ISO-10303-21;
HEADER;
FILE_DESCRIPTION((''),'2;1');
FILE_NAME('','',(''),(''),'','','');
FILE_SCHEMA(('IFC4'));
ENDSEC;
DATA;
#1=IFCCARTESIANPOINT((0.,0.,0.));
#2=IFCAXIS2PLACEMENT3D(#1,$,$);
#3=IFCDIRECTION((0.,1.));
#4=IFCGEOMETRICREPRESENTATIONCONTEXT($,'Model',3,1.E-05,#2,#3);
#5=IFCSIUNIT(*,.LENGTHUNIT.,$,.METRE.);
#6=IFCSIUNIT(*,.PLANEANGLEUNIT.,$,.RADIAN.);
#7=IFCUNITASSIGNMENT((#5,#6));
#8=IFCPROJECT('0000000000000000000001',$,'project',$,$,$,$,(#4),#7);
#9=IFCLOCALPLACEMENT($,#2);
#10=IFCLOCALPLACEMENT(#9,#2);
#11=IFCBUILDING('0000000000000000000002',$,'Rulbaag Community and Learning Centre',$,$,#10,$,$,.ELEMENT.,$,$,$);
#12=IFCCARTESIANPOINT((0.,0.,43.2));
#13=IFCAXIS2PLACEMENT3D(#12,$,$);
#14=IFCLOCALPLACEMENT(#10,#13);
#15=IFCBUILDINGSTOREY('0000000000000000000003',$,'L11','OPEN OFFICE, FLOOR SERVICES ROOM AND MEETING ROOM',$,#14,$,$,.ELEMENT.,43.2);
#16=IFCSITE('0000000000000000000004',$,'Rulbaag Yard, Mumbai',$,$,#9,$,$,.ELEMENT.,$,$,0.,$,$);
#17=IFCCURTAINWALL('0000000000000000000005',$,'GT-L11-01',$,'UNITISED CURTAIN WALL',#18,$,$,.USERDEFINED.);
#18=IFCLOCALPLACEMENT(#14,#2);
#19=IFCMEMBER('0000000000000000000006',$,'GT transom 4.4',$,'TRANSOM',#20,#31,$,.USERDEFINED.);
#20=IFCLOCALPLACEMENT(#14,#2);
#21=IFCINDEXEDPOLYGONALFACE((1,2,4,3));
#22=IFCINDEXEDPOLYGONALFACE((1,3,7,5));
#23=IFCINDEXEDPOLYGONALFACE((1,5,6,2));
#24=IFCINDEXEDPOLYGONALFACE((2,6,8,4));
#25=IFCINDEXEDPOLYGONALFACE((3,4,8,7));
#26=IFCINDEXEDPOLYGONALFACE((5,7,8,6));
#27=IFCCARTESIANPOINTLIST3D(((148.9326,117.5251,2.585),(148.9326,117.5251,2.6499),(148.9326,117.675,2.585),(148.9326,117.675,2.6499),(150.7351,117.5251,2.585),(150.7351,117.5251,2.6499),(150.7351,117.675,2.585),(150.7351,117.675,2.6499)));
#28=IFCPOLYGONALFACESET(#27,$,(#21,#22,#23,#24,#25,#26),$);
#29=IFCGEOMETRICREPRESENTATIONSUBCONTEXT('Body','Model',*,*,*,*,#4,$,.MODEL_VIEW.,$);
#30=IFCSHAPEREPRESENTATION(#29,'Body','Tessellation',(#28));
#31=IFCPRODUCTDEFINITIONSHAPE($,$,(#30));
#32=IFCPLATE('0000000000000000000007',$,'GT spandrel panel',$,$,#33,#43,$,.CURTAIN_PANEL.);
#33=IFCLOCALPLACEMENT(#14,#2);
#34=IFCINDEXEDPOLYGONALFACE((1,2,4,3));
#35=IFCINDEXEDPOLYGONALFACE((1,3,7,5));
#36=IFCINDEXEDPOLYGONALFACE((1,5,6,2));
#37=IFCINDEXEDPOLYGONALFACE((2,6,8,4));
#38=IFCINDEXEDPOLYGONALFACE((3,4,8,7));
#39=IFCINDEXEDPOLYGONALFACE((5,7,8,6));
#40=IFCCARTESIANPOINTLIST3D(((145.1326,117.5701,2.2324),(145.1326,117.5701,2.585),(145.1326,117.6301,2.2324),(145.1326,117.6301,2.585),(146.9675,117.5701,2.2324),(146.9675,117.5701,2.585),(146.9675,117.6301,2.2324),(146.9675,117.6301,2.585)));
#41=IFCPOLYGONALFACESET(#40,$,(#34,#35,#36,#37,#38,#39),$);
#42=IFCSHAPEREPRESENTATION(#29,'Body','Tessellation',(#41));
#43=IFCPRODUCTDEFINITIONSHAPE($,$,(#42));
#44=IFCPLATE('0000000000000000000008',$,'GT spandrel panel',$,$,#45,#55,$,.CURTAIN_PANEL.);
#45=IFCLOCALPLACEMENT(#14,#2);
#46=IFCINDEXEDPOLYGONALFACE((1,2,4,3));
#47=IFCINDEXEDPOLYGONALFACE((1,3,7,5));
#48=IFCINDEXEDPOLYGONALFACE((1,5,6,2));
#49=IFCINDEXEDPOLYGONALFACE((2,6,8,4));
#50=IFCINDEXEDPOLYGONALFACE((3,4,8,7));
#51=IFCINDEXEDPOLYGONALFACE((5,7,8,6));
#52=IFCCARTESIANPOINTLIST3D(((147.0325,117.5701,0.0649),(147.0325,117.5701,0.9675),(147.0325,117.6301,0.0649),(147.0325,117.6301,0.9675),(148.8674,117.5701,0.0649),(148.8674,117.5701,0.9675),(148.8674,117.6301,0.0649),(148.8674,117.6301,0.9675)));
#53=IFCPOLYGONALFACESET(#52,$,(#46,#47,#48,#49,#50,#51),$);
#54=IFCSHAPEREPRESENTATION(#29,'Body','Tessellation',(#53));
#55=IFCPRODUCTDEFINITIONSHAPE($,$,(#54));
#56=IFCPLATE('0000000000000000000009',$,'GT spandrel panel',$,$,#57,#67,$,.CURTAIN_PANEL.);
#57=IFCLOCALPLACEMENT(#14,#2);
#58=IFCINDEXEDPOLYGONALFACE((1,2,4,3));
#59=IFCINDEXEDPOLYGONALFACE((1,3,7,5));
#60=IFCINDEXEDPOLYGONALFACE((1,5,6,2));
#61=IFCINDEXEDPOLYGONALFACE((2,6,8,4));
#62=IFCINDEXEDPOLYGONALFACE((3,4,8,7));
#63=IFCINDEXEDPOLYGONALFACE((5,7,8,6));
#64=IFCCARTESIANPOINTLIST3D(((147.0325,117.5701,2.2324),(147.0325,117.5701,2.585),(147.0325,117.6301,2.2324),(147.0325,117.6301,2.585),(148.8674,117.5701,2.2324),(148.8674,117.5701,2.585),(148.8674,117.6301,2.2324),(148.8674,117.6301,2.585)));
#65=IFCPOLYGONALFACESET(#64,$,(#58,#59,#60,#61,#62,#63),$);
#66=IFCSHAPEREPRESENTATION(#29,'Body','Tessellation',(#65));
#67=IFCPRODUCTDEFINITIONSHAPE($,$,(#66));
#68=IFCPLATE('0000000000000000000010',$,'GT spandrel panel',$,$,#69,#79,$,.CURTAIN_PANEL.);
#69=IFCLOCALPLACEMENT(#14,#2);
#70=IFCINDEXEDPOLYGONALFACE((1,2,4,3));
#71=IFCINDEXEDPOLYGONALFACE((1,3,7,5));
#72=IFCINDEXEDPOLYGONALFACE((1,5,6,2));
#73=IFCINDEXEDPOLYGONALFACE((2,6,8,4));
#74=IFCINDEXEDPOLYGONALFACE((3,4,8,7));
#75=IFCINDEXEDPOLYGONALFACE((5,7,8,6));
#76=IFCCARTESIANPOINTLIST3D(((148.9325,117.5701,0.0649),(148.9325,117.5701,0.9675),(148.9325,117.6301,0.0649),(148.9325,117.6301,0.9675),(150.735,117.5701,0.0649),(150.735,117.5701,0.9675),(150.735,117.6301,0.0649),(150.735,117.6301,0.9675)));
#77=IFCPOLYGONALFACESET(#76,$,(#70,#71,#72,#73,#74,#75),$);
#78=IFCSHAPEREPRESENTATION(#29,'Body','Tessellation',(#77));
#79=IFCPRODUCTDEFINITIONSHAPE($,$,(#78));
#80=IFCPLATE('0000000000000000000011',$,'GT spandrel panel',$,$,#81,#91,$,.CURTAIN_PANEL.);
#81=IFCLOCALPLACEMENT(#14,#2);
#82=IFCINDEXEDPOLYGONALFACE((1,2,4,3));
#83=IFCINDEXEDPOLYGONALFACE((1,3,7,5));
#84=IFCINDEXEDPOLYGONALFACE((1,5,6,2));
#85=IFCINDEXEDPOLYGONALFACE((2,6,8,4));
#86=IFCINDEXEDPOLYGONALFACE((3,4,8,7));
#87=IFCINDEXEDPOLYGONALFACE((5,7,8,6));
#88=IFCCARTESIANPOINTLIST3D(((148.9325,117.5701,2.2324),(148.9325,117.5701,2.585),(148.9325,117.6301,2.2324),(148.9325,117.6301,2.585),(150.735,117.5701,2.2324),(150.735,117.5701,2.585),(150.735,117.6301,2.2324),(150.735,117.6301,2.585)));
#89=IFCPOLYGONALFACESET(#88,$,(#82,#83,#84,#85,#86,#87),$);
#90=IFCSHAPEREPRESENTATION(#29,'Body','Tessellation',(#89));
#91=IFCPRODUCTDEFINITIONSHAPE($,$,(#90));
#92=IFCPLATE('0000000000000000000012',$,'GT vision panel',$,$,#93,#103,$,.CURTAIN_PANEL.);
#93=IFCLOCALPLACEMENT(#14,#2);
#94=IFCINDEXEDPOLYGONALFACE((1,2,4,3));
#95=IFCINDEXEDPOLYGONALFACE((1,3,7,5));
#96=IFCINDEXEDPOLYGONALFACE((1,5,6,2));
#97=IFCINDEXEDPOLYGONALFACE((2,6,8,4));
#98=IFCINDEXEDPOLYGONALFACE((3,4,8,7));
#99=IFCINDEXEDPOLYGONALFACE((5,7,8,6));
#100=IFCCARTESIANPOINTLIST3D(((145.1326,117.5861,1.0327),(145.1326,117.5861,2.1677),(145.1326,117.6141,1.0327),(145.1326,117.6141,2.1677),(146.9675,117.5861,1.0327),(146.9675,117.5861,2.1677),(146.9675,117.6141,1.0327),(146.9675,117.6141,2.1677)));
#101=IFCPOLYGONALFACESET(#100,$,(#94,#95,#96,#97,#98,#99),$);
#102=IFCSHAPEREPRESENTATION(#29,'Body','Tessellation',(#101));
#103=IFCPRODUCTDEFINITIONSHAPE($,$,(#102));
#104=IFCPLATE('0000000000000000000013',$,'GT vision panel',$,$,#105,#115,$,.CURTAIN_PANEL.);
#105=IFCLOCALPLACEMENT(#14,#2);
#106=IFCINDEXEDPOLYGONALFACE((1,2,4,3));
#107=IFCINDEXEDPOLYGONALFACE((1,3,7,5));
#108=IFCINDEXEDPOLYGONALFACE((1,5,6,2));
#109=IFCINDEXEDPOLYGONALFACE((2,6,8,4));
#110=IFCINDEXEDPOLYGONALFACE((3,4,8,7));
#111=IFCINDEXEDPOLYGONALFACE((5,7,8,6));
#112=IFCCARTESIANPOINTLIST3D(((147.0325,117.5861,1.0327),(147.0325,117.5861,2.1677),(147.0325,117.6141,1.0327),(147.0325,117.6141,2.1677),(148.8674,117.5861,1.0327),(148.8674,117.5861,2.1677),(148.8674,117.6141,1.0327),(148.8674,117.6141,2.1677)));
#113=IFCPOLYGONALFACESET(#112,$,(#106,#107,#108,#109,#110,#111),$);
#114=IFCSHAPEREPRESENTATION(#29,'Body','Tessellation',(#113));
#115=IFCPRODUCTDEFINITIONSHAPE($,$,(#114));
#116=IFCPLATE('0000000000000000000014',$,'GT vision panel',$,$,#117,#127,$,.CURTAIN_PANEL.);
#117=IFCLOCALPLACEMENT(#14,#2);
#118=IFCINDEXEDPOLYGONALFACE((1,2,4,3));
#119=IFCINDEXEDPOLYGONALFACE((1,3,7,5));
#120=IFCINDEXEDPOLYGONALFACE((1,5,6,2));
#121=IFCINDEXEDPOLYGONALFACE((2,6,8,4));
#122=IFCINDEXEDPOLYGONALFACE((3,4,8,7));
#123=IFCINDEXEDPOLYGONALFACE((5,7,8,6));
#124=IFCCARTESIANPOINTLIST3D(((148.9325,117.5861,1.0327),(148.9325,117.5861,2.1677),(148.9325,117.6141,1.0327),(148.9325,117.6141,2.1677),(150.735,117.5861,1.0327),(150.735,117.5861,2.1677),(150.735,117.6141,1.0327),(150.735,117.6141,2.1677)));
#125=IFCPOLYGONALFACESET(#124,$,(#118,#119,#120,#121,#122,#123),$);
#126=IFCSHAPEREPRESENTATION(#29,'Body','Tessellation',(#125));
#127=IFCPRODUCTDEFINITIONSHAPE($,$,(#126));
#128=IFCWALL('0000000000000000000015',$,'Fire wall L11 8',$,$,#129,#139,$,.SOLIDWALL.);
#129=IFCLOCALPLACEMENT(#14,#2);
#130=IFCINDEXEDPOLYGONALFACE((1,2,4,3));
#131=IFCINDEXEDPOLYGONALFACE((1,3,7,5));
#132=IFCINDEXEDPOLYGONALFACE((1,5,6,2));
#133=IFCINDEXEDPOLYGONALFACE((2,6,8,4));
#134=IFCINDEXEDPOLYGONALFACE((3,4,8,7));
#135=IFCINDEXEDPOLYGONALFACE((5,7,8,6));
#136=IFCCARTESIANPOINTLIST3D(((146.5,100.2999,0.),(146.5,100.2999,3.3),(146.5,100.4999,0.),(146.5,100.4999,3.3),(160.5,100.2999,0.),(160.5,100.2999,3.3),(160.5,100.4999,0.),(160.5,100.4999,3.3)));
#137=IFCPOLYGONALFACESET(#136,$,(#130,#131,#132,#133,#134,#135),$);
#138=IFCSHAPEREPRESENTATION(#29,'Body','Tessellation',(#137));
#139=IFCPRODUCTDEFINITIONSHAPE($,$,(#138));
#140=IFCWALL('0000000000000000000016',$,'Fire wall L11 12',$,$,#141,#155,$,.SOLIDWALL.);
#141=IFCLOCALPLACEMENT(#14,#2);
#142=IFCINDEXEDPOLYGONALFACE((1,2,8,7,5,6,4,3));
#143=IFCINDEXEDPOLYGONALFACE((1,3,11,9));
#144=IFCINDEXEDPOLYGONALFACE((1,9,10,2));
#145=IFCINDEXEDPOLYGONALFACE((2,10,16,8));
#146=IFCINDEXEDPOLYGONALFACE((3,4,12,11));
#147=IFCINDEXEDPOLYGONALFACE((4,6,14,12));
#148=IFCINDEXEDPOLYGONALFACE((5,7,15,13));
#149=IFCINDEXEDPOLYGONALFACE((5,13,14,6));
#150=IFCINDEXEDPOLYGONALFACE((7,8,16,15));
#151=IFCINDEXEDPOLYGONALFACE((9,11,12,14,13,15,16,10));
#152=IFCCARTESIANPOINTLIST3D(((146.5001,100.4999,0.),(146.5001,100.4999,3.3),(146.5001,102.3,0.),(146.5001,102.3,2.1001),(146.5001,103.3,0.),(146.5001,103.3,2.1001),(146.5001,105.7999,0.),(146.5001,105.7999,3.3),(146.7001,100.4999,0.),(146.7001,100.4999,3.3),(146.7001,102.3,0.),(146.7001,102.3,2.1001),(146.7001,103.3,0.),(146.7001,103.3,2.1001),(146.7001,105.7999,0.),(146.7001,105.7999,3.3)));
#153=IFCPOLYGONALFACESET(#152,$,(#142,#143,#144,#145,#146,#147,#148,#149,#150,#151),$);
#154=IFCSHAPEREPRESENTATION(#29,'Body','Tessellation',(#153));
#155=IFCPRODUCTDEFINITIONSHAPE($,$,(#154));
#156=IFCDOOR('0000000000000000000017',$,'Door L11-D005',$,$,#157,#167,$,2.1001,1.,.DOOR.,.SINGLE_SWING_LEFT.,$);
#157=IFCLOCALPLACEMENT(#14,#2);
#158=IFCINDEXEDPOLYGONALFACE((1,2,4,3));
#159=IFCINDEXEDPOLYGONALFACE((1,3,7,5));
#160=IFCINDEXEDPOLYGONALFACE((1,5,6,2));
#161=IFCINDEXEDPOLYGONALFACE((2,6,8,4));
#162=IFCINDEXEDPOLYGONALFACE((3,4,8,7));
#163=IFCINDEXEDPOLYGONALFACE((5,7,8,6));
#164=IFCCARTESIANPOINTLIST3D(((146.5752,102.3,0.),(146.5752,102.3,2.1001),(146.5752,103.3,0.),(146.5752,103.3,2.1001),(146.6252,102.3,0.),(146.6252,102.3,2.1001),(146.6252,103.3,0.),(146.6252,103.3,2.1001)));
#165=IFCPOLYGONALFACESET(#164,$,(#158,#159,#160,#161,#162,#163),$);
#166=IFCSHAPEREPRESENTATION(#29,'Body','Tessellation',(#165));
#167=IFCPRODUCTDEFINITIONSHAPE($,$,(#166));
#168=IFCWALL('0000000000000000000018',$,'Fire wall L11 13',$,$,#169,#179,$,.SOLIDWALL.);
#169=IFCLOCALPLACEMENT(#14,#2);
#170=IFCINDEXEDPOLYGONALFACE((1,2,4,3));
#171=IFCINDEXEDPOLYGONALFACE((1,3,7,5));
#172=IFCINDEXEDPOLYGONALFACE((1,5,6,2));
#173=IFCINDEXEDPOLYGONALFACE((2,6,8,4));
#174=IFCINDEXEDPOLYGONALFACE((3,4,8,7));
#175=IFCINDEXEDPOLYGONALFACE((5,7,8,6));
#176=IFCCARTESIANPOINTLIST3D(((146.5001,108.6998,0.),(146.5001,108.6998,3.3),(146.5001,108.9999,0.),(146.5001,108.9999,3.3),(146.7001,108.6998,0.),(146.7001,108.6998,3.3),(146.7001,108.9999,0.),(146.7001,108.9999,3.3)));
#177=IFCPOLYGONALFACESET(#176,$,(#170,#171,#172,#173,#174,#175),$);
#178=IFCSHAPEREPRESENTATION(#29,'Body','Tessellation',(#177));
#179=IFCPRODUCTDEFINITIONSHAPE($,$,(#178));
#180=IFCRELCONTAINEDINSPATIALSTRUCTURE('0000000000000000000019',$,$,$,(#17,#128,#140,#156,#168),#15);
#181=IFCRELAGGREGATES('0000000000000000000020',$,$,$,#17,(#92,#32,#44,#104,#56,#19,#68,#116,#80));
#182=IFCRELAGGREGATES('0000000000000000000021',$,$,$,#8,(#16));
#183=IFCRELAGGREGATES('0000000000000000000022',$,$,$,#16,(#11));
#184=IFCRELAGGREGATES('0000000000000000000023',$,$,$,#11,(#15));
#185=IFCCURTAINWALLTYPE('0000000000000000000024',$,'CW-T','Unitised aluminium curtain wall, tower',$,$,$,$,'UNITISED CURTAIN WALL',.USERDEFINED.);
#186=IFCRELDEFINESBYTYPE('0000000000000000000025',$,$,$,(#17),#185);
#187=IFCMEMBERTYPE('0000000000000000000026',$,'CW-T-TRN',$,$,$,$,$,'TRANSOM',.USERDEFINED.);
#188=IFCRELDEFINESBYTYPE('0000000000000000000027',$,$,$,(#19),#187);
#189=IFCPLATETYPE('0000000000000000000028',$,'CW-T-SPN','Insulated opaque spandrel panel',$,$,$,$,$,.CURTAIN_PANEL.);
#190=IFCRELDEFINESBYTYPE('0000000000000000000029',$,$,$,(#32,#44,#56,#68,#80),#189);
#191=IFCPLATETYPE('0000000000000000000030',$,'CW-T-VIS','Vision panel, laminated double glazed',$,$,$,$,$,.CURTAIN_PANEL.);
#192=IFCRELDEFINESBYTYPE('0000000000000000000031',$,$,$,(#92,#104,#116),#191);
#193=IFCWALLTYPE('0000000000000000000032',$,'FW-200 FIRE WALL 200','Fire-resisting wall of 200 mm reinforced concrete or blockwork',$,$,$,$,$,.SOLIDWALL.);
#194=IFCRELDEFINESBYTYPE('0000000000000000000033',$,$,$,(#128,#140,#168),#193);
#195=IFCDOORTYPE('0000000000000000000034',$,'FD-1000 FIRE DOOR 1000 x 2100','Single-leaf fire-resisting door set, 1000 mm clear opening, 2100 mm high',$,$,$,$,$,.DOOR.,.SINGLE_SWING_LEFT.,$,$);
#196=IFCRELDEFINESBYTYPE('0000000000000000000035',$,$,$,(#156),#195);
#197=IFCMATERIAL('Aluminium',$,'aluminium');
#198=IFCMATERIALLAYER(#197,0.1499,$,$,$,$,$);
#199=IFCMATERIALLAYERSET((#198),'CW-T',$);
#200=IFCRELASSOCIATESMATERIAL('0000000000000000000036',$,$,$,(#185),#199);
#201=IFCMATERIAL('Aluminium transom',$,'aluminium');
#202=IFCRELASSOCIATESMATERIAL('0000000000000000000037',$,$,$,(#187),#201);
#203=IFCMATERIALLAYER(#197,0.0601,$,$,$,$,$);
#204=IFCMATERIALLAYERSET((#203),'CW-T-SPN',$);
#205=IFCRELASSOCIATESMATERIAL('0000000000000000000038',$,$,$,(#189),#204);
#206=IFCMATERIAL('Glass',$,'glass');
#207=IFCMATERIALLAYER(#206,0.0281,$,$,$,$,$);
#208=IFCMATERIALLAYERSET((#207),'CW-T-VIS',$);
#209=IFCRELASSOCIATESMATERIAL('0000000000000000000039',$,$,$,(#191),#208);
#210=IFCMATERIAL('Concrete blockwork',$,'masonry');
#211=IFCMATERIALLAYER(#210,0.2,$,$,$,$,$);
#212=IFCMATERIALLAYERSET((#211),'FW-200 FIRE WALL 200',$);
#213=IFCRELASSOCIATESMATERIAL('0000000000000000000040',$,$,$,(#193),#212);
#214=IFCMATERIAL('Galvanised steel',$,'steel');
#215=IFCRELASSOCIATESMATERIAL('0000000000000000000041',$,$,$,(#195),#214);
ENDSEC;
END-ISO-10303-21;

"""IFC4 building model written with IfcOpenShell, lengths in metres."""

from ifc_helpers import new_model, si_unit, direction, frame, frame_2d, origin, origin_2d, place, context, subcontext, project, spatial, rectangle, extrude, material, layer, layer_set, material_profile, profile_set, type_object, element, fill, aggregate, save


model = new_model("IFC4")

# Units and contexts
model_context = context("Model", 3, precision=1e-05, world=origin(), true_north=direction((0.0, 1.0)))
body_context = subcontext(model_context, "Body", "Model", "MODEL_VIEW")
ifc_project = project(units=[si_unit("LENGTHUNIT", "METRE"), si_unit("PLANEANGLEUNIT", "RADIAN")], contexts=[model_context])

# Site, building, storey
site_placement = place(None, origin())
site = spatial("IfcSite", under=ifc_project, at=site_placement, Name="Rulbaag Yard, Mumbai", CompositionType="ELEMENT", RefElevation=0.0)
building_placement = place(site_placement, origin())
building = spatial("IfcBuilding", under=site, at=building_placement, Name="Rulbaag Community and Learning Centre", CompositionType="ELEMENT")
storey_placement = place(building_placement, frame((0.0, 0.0, 43.2)))
storey = spatial("IfcBuildingStorey", under=building, at=storey_placement, Name="L11", Description="OPEN OFFICE, FLOOR SERVICES ROOM AND MEETING ROOM", CompositionType="ELEMENT", Elevation=43.2)

# Curtain wall, member, plates
ifc_material_1 = material(Name="Aluminium", Category="aluminium")
ifc_layer_1 = layer(ifc_material_1, 0.1499)
ifc_layer_set_1 = layer_set([ifc_layer_1], Name="CW-T")
curtain_wall_type = type_object("IfcCurtainWallType", Name="CW-T", Description="Unitised aluminium curtain wall, tower", ElementType="UNITISED CURTAIN WALL", PredefinedType="USERDEFINED", material=ifc_layer_set_1)
curtain_wall_placement = place(storey_placement, origin())
curtain_wall = element("IfcCurtainWall", 1, at=curtain_wall_placement, inside=storey, type_object=curtain_wall_type, Name="GT-L11-01", ObjectType="UNITISED CURTAIN WALL", PredefinedType="USERDEFINED")
ifc_material_2 = material(Name="Aluminium transom", Category="aluminium")
ifc_material_profile_1 = material_profile(ifc_material_2, rectangle(XDim=0.1499, YDim=0.0649, at=origin_2d()), Name="AL 65x150 T")
ifc_profile_set_1 = profile_set([ifc_material_profile_1], Name="Aluminium transom")
member_type_1 = type_object("IfcMemberType", Name="CW-T-TRN", ElementType="TRANSOM", PredefinedType="USERDEFINED", material=ifc_profile_set_1)
member_1_placement = place(storey_placement, frame((148.9326, 117.6001, 2.6174), z_axis=(1.0, 0.0, 0.0), x_axis=(0.0, 1.0, 0.0)))
member_1 = element("IfcMember", 2, at=member_1_placement, type_object=member_type_1, Name="GT transom 4.4", ObjectType="TRANSOM", PredefinedType="USERDEFINED", context=body_context, shape_type="SweptSolid", body=[
    extrude(rectangle(XDim=0.1499, YDim=0.0649, at=origin_2d()), origin(), (0.0, 0.0, 1.0), 1.8025),
])
ifc_layer_2 = layer(ifc_material_1, 0.0601)
ifc_layer_set_2 = layer_set([ifc_layer_2], Name="CW-T-SPN")
plate_type_1 = type_object("IfcPlateType", Name="CW-T-SPN", Description="Insulated opaque spandrel panel", PredefinedType="CURTAIN_PANEL", material=ifc_layer_set_2)
plate_1_placement = place(storey_placement, frame((146.05, 117.6001, 2.2324), z_axis=(0.0, 0.0, 1.0), x_axis=(1.0, 0.0, 0.0)))
plate_1 = element("IfcPlate", 3, at=plate_1_placement, type_object=plate_type_1, Name="GT spandrel panel", PredefinedType="CURTAIN_PANEL", context=body_context, shape_type="SweptSolid", body=[
    extrude(rectangle(XDim=1.835, YDim=0.0601, at=origin_2d()), origin(), (0.0, 0.0, 1.0), 0.3525),
])
plate_2_placement = place(storey_placement, frame((147.95, 117.6001, 0.0649), z_axis=(0.0, 0.0, 1.0), x_axis=(1.0, 0.0, 0.0)))
plate_2 = element("IfcPlate", 4, at=plate_2_placement, type_object=plate_type_1, Name="GT spandrel panel", PredefinedType="CURTAIN_PANEL", context=body_context, shape_type="SweptSolid", body=[
    extrude(rectangle(XDim=1.835, YDim=0.0601, at=origin_2d()), origin(), (0.0, 0.0, 1.0), 0.9026),
])
plate_3_placement = place(storey_placement, frame((147.95, 117.6001, 2.2324), z_axis=(0.0, 0.0, 1.0), x_axis=(1.0, 0.0, 0.0)))
plate_3 = element("IfcPlate", 5, at=plate_3_placement, type_object=plate_type_1, Name="GT spandrel panel", PredefinedType="CURTAIN_PANEL", context=body_context, shape_type="SweptSolid", body=[
    extrude(rectangle(XDim=1.835, YDim=0.0601, at=origin_2d()), origin(), (0.0, 0.0, 1.0), 0.3525),
])
plate_4_placement = place(storey_placement, frame((149.8337, 117.6001, 0.0649), z_axis=(0.0, 0.0, 1.0), x_axis=(1.0, 0.0, 0.0)))
plate_4 = element("IfcPlate", 6, at=plate_4_placement, type_object=plate_type_1, Name="GT spandrel panel", PredefinedType="CURTAIN_PANEL", context=body_context, shape_type="SweptSolid", body=[
    extrude(rectangle(XDim=1.8025, YDim=0.0601, at=origin_2d()), origin(), (0.0, 0.0, 1.0), 0.9026),
])
plate_5_placement = place(storey_placement, frame((149.8337, 117.6001, 2.2324), z_axis=(0.0, 0.0, 1.0), x_axis=(1.0, 0.0, 0.0)))
plate_5 = element("IfcPlate", 7, at=plate_5_placement, type_object=plate_type_1, Name="GT spandrel panel", PredefinedType="CURTAIN_PANEL", context=body_context, shape_type="SweptSolid", body=[
    extrude(rectangle(XDim=1.8025, YDim=0.0601, at=origin_2d()), origin(), (0.0, 0.0, 1.0), 0.3525),
])
ifc_material_3 = material(Name="Glass", Category="glass")
ifc_layer_3 = layer(ifc_material_3, 0.0281)
ifc_layer_set_3 = layer_set([ifc_layer_3], Name="CW-T-VIS")
plate_type_2 = type_object("IfcPlateType", Name="CW-T-VIS", Description="Vision panel, laminated double glazed", PredefinedType="CURTAIN_PANEL", material=ifc_layer_set_3)
plate_6_placement = place(storey_placement, frame((146.05, 117.6001, 1.0327), z_axis=(0.0, 0.0, 1.0), x_axis=(1.0, 0.0, 0.0)))
plate_6 = element("IfcPlate", 8, at=plate_6_placement, type_object=plate_type_2, Name="GT vision panel", PredefinedType="CURTAIN_PANEL", context=body_context, shape_type="SweptSolid", body=[
    extrude(rectangle(XDim=1.835, YDim=0.0281, at=origin_2d()), origin(), (0.0, 0.0, 1.0), 1.135),
])
plate_7_placement = place(storey_placement, frame((147.95, 117.6001, 1.0327), z_axis=(0.0, 0.0, 1.0), x_axis=(1.0, 0.0, 0.0)))
plate_7 = element("IfcPlate", 9, at=plate_7_placement, type_object=plate_type_2, Name="GT vision panel", PredefinedType="CURTAIN_PANEL", context=body_context, shape_type="SweptSolid", body=[
    extrude(rectangle(XDim=1.835, YDim=0.0281, at=origin_2d()), origin(), (0.0, 0.0, 1.0), 1.135),
])
plate_8_placement = place(storey_placement, frame((149.8337, 117.6001, 1.0327), z_axis=(0.0, 0.0, 1.0), x_axis=(1.0, 0.0, 0.0)))
plate_8 = element("IfcPlate", 10, at=plate_8_placement, type_object=plate_type_2, Name="GT vision panel", PredefinedType="CURTAIN_PANEL", context=body_context, shape_type="SweptSolid", body=[
    extrude(rectangle(XDim=1.8025, YDim=0.0281, at=origin_2d()), origin(), (0.0, 0.0, 1.0), 1.135),
])
aggregate(curtain_wall, [plate_6, plate_1, plate_2, plate_7, plate_3, member_1, plate_4, plate_8, plate_5])

# Wall
ifc_material_4 = material(Name="Concrete blockwork", Category="masonry")
ifc_layer_4 = layer(ifc_material_4, 0.2)
ifc_layer_set_4 = layer_set([ifc_layer_4], Name="FW-200 FIRE WALL 200")
wall_type_1 = type_object("IfcWallType", Name="FW-200 FIRE WALL 200", Description="Fire-resisting wall of 200 mm reinforced concrete or blockwork", PredefinedType="SOLIDWALL", material=ifc_layer_set_4)
wall_1_placement = place(storey_placement, frame((146.5, 100.3999, 0.0), z_axis=(0.0, 0.0, 1.0), x_axis=(1.0, 0.0, 0.0)))
element("IfcWall", 11, at=wall_1_placement, inside=storey, type_object=wall_type_1, Name="Fire wall L11 8", PredefinedType="SOLIDWALL", context=body_context, shape_type="SweptSolid", body=[
    extrude(rectangle(XDim=14.0, YDim=0.2, at=frame_2d((7.0, 0.0))), origin(), (0.0, 0.0, 1.0), 3.3),
])

# Wall, opening, door
wall_2_placement = place(storey_placement, frame((146.6001, 100.5, 0.0), z_axis=(0.0, 0.0, 1.0), x_axis=(0.0, 1.0, 0.0)))
wall_2 = element("IfcWall", 12, at=wall_2_placement, inside=storey, type_object=wall_type_1, Name="Fire wall L11 12", PredefinedType="SOLIDWALL", context=body_context, shape_type="SweptSolid", body=[
    extrude(rectangle(XDim=5.3, YDim=0.2, at=frame_2d((2.6499, 0.0))), origin(), (0.0, 0.0, 1.0), 3.3),
])
opening_1_placement = place(wall_2_placement, frame((1.8, 0.0, 0.0)))
opening_1 = element("IfcOpeningElement", 13, at=opening_1_placement, cuts=wall_2, PredefinedType="OPENING", context=body_context, shape_type="SweptSolid", body=[
    extrude(rectangle(XDim=1.0, YDim=2.1001, at=frame_2d((0.5, 1.05))), frame((0.0, 0.1099, 0.0), z_axis=(0.0, -1.0, 0.0), x_axis=(1.0, 0.0, 0.0)), (0.0, 0.0, 1.0), 0.22),
])
ifc_material_5 = material(Name="Galvanised steel", Category="steel")
door_type_1 = type_object("IfcDoorType", Name="FD-1000 FIRE DOOR 1000 x 2100", Description="Single-leaf fire-resisting door set, 1000 mm clear opening, 2100 mm high", OperationType="SINGLE_SWING_LEFT", PredefinedType="DOOR", material=ifc_material_5)
door_1_placement = place(opening_1_placement, origin())
door_1 = element("IfcDoor", 14, at=door_1_placement, inside=storey, type_object=door_type_1, Name="Door L11-D005", OperationType="SINGLE_SWING_LEFT", OverallHeight=2.1001, OverallWidth=1.0, PredefinedType="DOOR", context=body_context, shape_type="SweptSolid", body=[
    extrude(rectangle(XDim=1.0, YDim=2.1001, at=frame_2d((0.5, 1.05))), frame((0.0, 0.0249, 0.0), z_axis=(0.0, -1.0, 0.0), x_axis=(1.0, 0.0, 0.0)), (0.0, 0.0, 1.0), 0.05),
])
fill(opening_1, door_1)

# Wall
wall_3_placement = place(storey_placement, frame((146.6001, 108.7, 0.0), z_axis=(0.0, 0.0, 1.0), x_axis=(0.0, 1.0, 0.0)))
element("IfcWall", 15, at=wall_3_placement, inside=storey, type_object=wall_type_1, Name="Fire wall L11 13", PredefinedType="SOLIDWALL", context=body_context, shape_type="SweptSolid", body=[
    extrude(rectangle(XDim=0.3, YDim=0.2, at=frame_2d((0.1499, 0.0))), origin(), (0.0, 0.0, 1.0), 3.3),
])

save(model, "model.ifc")
